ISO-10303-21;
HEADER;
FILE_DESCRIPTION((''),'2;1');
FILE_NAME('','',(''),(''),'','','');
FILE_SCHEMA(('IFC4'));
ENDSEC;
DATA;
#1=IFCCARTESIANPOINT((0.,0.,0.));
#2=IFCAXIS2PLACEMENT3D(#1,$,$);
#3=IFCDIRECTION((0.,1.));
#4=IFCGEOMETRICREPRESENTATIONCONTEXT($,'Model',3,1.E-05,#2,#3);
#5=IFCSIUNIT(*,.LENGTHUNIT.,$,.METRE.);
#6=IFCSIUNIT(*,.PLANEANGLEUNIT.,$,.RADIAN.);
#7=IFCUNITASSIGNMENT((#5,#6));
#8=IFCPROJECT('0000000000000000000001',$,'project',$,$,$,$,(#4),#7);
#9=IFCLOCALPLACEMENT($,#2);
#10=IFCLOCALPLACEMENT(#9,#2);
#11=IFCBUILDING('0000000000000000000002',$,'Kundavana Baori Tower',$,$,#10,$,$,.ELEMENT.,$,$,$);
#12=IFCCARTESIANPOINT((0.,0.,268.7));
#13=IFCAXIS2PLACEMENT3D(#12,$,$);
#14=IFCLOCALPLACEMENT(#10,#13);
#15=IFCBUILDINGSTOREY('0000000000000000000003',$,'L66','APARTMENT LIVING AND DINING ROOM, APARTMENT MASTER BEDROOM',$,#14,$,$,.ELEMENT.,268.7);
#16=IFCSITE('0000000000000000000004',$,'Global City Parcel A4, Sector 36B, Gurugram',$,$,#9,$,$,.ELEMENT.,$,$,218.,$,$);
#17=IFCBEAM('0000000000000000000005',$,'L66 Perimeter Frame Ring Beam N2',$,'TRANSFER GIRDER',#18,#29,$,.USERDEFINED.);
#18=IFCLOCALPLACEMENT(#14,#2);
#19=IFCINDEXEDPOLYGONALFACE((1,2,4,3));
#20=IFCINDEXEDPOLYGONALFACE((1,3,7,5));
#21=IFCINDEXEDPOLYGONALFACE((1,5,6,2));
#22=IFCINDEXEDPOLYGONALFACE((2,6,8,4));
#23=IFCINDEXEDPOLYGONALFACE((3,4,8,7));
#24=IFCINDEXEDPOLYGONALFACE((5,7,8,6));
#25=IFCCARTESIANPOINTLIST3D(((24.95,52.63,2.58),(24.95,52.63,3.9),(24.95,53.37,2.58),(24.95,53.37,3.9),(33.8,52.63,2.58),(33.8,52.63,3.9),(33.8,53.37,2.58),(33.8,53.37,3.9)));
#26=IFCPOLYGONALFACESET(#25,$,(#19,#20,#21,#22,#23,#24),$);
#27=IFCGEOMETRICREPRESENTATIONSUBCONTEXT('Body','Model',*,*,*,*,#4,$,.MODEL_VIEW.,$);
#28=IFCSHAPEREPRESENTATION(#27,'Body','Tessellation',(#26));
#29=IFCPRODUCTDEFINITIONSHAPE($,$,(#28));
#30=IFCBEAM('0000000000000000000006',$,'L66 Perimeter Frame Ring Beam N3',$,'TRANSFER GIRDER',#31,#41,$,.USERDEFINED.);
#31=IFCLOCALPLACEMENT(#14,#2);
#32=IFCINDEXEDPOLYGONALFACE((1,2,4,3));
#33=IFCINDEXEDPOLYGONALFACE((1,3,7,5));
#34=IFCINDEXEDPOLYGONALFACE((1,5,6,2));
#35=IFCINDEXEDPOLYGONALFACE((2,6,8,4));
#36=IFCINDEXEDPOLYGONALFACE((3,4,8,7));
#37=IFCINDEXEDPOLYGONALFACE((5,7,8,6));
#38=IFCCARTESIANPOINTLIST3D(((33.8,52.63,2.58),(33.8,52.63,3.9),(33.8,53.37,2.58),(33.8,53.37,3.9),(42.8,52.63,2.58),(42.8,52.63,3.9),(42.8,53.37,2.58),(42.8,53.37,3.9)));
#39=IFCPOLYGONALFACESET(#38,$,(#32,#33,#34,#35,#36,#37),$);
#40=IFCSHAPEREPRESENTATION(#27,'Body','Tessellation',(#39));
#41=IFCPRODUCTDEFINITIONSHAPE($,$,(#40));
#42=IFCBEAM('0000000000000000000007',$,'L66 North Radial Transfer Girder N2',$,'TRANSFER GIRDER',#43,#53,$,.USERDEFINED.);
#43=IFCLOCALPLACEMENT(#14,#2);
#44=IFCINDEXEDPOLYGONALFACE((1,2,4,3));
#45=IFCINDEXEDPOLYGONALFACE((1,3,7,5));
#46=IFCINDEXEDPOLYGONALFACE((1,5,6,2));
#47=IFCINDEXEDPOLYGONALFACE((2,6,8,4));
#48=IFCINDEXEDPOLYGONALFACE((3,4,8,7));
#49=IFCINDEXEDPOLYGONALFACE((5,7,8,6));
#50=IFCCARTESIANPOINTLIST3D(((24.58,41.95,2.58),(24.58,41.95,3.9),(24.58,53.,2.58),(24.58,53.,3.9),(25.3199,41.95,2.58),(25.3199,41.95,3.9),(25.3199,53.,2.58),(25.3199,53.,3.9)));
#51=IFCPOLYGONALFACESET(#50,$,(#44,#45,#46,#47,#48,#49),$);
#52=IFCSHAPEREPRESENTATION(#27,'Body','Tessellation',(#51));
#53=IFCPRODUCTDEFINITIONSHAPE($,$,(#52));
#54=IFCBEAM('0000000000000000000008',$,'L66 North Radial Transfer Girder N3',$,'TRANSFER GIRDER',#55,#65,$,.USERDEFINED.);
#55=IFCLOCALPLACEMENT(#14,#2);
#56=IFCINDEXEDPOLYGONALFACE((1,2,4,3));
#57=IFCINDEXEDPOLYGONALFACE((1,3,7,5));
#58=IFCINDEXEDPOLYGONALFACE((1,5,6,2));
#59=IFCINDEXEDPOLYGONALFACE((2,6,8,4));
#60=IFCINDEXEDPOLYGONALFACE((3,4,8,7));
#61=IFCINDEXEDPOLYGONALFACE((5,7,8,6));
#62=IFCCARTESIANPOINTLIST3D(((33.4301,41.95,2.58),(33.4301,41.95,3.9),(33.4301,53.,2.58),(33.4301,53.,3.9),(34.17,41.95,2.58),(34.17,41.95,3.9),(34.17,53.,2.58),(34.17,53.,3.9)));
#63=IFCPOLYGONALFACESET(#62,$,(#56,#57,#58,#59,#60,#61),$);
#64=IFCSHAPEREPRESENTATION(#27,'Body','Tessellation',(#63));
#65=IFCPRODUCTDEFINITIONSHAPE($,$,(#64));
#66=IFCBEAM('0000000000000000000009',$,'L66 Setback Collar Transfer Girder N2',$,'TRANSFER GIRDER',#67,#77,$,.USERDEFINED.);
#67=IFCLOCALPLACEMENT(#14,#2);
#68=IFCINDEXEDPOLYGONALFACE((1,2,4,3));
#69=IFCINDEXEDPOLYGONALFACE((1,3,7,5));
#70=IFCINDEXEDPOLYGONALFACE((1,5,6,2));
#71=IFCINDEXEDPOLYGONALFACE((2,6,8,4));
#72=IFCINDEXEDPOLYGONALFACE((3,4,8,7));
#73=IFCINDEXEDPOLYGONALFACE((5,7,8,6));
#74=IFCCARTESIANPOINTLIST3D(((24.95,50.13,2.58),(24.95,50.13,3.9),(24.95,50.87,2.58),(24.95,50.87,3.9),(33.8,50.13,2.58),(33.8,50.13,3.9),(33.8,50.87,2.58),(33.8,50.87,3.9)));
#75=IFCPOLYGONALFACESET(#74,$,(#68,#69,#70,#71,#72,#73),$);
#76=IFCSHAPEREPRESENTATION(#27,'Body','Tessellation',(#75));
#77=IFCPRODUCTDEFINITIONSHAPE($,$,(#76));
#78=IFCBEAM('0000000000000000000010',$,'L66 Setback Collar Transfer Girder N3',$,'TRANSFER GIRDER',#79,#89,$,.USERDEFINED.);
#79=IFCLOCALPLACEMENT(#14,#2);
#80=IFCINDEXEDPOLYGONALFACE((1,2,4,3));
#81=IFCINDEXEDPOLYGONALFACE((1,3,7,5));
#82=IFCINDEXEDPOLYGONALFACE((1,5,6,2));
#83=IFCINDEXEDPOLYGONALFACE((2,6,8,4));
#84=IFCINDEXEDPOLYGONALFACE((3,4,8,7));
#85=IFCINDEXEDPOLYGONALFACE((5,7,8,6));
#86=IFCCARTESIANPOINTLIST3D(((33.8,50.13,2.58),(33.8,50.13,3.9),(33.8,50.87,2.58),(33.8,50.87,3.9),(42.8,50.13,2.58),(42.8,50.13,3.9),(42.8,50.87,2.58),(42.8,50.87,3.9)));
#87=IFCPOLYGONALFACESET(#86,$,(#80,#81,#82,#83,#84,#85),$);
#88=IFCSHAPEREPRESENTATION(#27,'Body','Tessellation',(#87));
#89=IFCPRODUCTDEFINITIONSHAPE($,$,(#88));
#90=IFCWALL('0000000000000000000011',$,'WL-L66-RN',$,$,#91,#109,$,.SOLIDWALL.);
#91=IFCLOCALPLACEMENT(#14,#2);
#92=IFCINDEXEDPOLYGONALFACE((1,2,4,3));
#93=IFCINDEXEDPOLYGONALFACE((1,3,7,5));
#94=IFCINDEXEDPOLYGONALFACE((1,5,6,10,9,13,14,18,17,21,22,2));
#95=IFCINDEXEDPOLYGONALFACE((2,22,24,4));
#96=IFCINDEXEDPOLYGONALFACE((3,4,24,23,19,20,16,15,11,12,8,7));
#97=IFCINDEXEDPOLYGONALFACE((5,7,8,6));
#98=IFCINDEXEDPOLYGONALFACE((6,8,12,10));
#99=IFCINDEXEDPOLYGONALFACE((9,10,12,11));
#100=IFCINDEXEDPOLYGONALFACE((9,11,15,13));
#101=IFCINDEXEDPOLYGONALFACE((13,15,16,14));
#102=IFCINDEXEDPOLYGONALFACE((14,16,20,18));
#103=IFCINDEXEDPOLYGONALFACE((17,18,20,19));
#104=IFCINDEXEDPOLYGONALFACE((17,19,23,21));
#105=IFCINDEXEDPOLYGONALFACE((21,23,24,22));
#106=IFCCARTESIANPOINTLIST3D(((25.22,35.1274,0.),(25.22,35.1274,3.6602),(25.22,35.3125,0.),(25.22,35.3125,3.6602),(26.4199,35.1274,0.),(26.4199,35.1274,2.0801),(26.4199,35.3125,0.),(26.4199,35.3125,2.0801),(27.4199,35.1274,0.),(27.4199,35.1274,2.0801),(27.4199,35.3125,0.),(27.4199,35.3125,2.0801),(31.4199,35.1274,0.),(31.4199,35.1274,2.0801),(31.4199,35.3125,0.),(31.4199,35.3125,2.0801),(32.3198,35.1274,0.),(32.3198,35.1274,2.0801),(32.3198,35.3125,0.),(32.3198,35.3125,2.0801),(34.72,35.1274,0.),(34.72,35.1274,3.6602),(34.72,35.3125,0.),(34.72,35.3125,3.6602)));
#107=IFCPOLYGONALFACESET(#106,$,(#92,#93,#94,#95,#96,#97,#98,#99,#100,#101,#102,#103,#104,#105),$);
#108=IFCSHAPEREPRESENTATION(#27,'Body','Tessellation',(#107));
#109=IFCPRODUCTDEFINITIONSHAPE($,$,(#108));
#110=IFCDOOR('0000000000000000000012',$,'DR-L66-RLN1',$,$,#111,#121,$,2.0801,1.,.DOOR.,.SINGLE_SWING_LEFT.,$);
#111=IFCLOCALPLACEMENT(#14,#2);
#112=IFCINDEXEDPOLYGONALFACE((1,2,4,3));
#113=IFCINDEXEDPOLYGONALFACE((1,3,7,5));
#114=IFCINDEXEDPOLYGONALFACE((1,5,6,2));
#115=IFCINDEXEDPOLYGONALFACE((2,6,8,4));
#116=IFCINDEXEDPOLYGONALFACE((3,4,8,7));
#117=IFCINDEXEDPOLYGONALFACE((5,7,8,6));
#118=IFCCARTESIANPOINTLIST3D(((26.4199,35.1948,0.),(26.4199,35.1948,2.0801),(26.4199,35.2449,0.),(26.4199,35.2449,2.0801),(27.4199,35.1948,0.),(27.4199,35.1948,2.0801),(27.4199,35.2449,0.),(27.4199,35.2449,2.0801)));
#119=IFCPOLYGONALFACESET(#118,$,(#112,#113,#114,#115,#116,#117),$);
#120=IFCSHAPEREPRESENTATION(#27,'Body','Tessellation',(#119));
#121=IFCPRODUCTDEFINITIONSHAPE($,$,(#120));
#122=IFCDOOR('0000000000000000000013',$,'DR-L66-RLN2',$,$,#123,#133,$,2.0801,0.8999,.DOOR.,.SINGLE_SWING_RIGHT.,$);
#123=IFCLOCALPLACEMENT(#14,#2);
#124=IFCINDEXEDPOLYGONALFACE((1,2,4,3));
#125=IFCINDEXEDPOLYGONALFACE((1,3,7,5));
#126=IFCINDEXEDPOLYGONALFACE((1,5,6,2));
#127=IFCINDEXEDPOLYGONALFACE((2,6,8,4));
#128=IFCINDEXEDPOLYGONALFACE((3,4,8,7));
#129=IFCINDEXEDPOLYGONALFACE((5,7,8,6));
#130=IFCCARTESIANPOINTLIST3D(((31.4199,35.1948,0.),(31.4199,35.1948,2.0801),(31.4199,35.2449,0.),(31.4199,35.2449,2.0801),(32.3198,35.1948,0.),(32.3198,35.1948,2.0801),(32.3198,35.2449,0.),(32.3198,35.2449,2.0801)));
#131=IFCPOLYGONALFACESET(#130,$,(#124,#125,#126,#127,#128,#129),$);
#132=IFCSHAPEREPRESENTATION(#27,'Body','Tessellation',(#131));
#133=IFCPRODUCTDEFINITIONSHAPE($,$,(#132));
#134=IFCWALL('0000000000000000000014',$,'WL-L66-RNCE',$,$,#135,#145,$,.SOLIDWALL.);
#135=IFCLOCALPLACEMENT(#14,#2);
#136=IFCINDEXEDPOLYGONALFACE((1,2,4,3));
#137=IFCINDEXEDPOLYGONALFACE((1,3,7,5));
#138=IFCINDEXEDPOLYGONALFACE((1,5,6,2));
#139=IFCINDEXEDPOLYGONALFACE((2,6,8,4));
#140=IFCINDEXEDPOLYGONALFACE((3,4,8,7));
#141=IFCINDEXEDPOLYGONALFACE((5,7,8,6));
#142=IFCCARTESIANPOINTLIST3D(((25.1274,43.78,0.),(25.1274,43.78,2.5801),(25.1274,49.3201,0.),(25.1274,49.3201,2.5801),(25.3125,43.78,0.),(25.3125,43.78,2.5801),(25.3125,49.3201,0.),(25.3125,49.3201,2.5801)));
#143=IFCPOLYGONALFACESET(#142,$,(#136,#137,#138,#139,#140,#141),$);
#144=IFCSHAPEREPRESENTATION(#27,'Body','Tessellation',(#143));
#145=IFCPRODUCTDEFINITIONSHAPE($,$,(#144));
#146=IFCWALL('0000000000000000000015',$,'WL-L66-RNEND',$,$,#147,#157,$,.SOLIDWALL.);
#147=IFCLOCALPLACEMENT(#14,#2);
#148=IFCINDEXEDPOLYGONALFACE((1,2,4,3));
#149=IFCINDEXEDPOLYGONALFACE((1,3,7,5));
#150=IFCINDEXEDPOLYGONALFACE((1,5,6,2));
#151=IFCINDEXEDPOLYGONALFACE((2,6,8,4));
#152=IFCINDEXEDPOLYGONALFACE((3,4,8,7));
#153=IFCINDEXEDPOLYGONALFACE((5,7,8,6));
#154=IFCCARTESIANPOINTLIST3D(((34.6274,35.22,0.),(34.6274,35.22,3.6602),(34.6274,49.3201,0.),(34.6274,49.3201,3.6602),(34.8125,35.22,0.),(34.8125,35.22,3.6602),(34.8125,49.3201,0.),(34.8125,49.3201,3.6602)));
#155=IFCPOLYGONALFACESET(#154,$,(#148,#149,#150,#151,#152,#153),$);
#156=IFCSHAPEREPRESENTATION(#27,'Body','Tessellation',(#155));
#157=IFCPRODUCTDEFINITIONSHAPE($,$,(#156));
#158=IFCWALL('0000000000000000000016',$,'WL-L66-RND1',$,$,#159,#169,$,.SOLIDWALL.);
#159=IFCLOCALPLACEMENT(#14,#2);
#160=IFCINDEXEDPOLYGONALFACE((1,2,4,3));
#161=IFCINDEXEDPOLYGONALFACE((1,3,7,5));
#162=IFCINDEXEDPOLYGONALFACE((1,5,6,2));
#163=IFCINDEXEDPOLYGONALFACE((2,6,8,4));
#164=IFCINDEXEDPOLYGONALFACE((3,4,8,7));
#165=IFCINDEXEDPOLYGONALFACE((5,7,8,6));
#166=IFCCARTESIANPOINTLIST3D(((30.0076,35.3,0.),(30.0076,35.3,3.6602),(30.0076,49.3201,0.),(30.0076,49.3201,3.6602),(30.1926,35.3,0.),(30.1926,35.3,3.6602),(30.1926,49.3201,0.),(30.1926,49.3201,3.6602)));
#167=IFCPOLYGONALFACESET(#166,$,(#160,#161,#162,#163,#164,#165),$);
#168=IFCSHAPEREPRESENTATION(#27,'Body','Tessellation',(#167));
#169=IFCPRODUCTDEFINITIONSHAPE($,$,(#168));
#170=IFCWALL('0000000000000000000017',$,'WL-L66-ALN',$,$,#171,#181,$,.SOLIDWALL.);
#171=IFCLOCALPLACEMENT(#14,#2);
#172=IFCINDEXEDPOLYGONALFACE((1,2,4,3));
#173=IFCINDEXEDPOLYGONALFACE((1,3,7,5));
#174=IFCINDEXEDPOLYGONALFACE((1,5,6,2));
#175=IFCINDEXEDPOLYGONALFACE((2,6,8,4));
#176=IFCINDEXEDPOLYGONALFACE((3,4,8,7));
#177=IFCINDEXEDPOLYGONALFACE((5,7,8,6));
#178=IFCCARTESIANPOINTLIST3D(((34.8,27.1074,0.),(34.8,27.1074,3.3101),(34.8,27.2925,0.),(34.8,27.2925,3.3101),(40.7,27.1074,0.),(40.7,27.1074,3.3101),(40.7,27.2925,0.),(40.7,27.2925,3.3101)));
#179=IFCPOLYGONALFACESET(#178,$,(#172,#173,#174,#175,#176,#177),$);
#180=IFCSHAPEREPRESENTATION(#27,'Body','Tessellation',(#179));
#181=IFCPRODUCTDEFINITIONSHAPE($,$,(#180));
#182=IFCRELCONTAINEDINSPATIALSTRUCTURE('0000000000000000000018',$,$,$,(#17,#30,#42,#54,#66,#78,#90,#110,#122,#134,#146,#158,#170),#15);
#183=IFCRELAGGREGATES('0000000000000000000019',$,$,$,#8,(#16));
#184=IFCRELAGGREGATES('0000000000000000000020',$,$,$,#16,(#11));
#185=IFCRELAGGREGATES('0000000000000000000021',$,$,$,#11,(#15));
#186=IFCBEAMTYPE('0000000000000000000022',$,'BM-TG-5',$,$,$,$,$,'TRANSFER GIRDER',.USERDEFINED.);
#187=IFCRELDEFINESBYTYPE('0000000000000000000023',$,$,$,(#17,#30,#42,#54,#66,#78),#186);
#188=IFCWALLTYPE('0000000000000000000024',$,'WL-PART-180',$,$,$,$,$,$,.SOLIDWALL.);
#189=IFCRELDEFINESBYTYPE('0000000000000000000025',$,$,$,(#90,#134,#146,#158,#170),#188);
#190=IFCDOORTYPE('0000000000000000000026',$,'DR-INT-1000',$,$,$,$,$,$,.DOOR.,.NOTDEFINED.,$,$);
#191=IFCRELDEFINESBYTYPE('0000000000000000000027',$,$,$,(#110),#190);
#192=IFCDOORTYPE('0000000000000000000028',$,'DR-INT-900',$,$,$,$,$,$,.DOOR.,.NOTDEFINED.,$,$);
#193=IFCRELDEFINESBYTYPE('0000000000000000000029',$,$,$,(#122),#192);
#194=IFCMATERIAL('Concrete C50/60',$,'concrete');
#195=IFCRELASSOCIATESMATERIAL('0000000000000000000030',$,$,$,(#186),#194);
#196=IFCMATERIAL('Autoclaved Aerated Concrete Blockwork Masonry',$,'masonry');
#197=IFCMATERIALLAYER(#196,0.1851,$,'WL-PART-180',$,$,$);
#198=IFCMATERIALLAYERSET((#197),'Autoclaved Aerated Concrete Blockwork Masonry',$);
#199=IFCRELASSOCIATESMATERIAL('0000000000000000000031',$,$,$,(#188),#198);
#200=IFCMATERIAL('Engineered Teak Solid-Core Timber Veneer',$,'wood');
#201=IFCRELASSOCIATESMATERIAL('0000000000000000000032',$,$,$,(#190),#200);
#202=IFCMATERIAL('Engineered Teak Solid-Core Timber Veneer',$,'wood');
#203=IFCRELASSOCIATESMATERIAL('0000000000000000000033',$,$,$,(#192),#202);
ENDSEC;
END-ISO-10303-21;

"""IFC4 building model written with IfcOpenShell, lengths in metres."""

from ifc_helpers import new_model, si_unit, direction, frame, frame_2d, origin, origin_2d, place, context, subcontext, project, spatial, rectangle, extrude, material, layer, layer_set, material_profile, profile_set, type_object, element, fill, save


model = new_model("IFC4")

# Units and contexts
model_context = context("Model", 3, precision=1e-05, world=origin(), true_north=direction((0.0, 1.0)))
body_context = subcontext(model_context, "Body", "Model", "MODEL_VIEW")
ifc_project = project(units=[si_unit("LENGTHUNIT", "METRE"), si_unit("PLANEANGLEUNIT", "RADIAN")], contexts=[model_context])

# Site, building, storey
site_placement = place(None, origin())
site = spatial("IfcSite", under=ifc_project, at=site_placement, Name="Global City Parcel A4, Sector 36B, Gurugram", CompositionType="ELEMENT", RefElevation=218.0)
building_placement = place(site_placement, origin())
building = spatial("IfcBuilding", under=site, at=building_placement, Name="Kundavana Baori Tower", CompositionType="ELEMENT")
storey_placement = place(building_placement, frame((0.0, 0.0, 268.7)))
storey = spatial("IfcBuildingStorey", under=building, at=storey_placement, Name="L66", Description="APARTMENT LIVING AND DINING ROOM, APARTMENT MASTER BEDROOM", CompositionType="ELEMENT", Elevation=268.7)

# Beams
ifc_material_1 = material(Name="Concrete C50/60", Category="concrete")
ifc_material_profile_1 = material_profile(ifc_material_1, rectangle(XDim=0.74, YDim=1.3201, at=origin_2d()), Name="BM-TG-5")
ifc_profile_set_1 = profile_set([ifc_material_profile_1], Name="Concrete C50/60")
beam_type_1 = type_object("IfcBeamType", Name="BM-TG-5", ElementType="TRANSFER GIRDER", PredefinedType="USERDEFINED", material=ifc_profile_set_1)
beam_1_placement = place(storey_placement, frame((24.95, 53.0, 3.24), z_axis=(1.0, 0.0, 0.0), x_axis=(0.0, 1.0, 0.0)))
element("IfcBeam", 1, at=beam_1_placement, inside=storey, type_object=beam_type_1, Name="L66 Perimeter Frame Ring Beam N2", ObjectType="TRANSFER GIRDER", PredefinedType="USERDEFINED", context=body_context, shape_type="SweptSolid", body=[
    extrude(rectangle(XDim=0.74, YDim=1.3201, at=origin_2d()), origin(), (0.0, 0.0, 1.0), 8.8501),
])
beam_2_placement = place(storey_placement, frame((33.8, 53.0, 3.24), z_axis=(1.0, 0.0, 0.0), x_axis=(0.0, 1.0, 0.0)))
element("IfcBeam", 2, at=beam_2_placement, inside=storey, type_object=beam_type_1, Name="L66 Perimeter Frame Ring Beam N3", ObjectType="TRANSFER GIRDER", PredefinedType="USERDEFINED", context=body_context, shape_type="SweptSolid", body=[
    extrude(rectangle(XDim=0.74, YDim=1.3201, at=origin_2d()), origin(), (0.0, 0.0, 1.0), 9.0),
])
for number, where, z_axis, x_axis, name in (
    (3, (24.95, 41.95, 3.24), (0.0, 1.0, 0.0), (-1.0, 0.0, 0.0), "L66 North Radial Transfer Girder N2"),
    (4, (33.8, 41.95, 3.24), (0.0, 1.0, 0.0), (-1.0, 0.0, 0.0), "L66 North Radial Transfer Girder N3"),
):
    element("IfcBeam", number, at=place(storey_placement, frame(where, z_axis=z_axis, x_axis=x_axis)), inside=storey, type_object=beam_type_1, Name=name, ObjectType="TRANSFER GIRDER", PredefinedType="USERDEFINED", context=body_context, shape_type="SweptSolid", body=[
        extrude(rectangle(XDim=0.74, YDim=1.3201, at=origin_2d()), origin(), (0.0, 0.0, 1.0), 11.05),
    ])
beam_3_placement = place(storey_placement, frame((24.95, 50.5, 3.24), z_axis=(1.0, 0.0, 0.0), x_axis=(0.0, 1.0, 0.0)))
element("IfcBeam", 5, at=beam_3_placement, inside=storey, type_object=beam_type_1, Name="L66 Setback Collar Transfer Girder N2", ObjectType="TRANSFER GIRDER", PredefinedType="USERDEFINED", context=body_context, shape_type="SweptSolid", body=[
    extrude(rectangle(XDim=0.74, YDim=1.3201, at=origin_2d()), origin(), (0.0, 0.0, 1.0), 8.8501),
])
beam_4_placement = place(storey_placement, frame((33.8, 50.5, 3.24), z_axis=(1.0, 0.0, 0.0), x_axis=(0.0, 1.0, 0.0)))
element("IfcBeam", 6, at=beam_4_placement, inside=storey, type_object=beam_type_1, Name="L66 Setback Collar Transfer Girder N3", ObjectType="TRANSFER GIRDER", PredefinedType="USERDEFINED", context=body_context, shape_type="SweptSolid", body=[
    extrude(rectangle(XDim=0.74, YDim=1.3201, at=origin_2d()), origin(), (0.0, 0.0, 1.0), 9.0),
])

# Wall, openings, doors
ifc_material_2 = material(Name="Autoclaved Aerated Concrete Blockwork Masonry", Category="masonry")
ifc_layer_1 = layer(ifc_material_2, 0.1851, Name="WL-PART-180")
ifc_layer_set_1 = layer_set([ifc_layer_1], Name="Autoclaved Aerated Concrete Blockwork Masonry")
wall_type_1 = type_object("IfcWallType", Name="WL-PART-180", PredefinedType="SOLIDWALL", material=ifc_layer_set_1)
wall_1_placement = place(storey_placement, frame((25.22, 35.22, 0.0), z_axis=(0.0, 0.0, 1.0), x_axis=(1.0, 0.0, 0.0)))
wall_1 = element("IfcWall", 7, at=wall_1_placement, inside=storey, type_object=wall_type_1, Name="WL-L66-RN", PredefinedType="SOLIDWALL", context=body_context, shape_type="SweptSolid", body=[
    extrude(rectangle(XDim=9.5, YDim=0.1851, at=frame_2d((4.75, 0.0))), origin(), (0.0, 0.0, 1.0), 3.6602),
])
opening_1_placement = place(wall_1_placement, frame((1.2, 0.0, 0.0)))
opening_1 = element("IfcOpeningElement", 8, at=opening_1_placement, cuts=wall_1, PredefinedType="OPENING", context=body_context, shape_type="SweptSolid", body=[
    extrude(rectangle(XDim=1.0, YDim=2.0801, at=frame_2d((0.5, 1.04))), frame((0.0, 0.1025, 0.0), z_axis=(0.0, -1.0, 0.0), x_axis=(1.0, 0.0, 0.0)), (0.0, 0.0, 1.0), 0.2051),
])
opening_2_placement = place(wall_1_placement, frame((6.2, 0.0, 0.0)))
opening_2 = element("IfcOpeningElement", 9, at=opening_2_placement, cuts=wall_1, PredefinedType="OPENING", context=body_context, shape_type="SweptSolid", body=[
    extrude(rectangle(XDim=0.8999, YDim=2.0801, at=frame_2d((0.45, 1.04))), frame((0.0, 0.1025, 0.0), z_axis=(0.0, -1.0, 0.0), x_axis=(1.0, 0.0, 0.0)), (0.0, 0.0, 1.0), 0.2051),
])
ifc_material_3 = material(Name="Engineered Teak Solid-Core Timber Veneer", Category="wood")
door_type_1 = type_object("IfcDoorType", Name="DR-INT-1000", OperationType="NOTDEFINED", PredefinedType="DOOR", material=ifc_material_3)
door_1_placement = place(opening_1_placement, origin())
door_1 = element("IfcDoor", 10, at=door_1_placement, inside=storey, type_object=door_type_1, Name="DR-L66-RLN1", OperationType="SINGLE_SWING_LEFT", OverallHeight=2.0801, OverallWidth=1.0, PredefinedType="DOOR", context=body_context, shape_type="SweptSolid", body=[
    extrude(rectangle(XDim=1.0, YDim=2.0801, at=frame_2d((0.5, 1.04))), frame((0.0, 0.0249, 0.0), z_axis=(0.0, -1.0, 0.0), x_axis=(1.0, 0.0, 0.0)), (0.0, 0.0, 1.0), 0.05),
])
fill(opening_1, door_1)
ifc_material_4 = material(Name="Engineered Teak Solid-Core Timber Veneer", Category="wood")
door_type_2 = type_object("IfcDoorType", Name="DR-INT-900", OperationType="NOTDEFINED", PredefinedType="DOOR", material=ifc_material_4)
door_2_placement = place(opening_2_placement, origin())
door_2 = element("IfcDoor", 11, at=door_2_placement, inside=storey, type_object=door_type_2, Name="DR-L66-RLN2", OperationType="SINGLE_SWING_RIGHT", OverallHeight=2.0801, OverallWidth=0.8999, PredefinedType="DOOR", context=body_context, shape_type="SweptSolid", body=[
    extrude(rectangle(XDim=0.8999, YDim=2.0801, at=frame_2d((0.45, 1.04))), frame((0.0, 0.0249, 0.0), z_axis=(0.0, -1.0, 0.0), x_axis=(1.0, 0.0, 0.0)), (0.0, 0.0, 1.0), 0.05),
])
fill(opening_2, door_2)

# Walls
wall_2_placement = place(storey_placement, frame((25.22, 43.78, 0.0), z_axis=(0.0, 0.0, 1.0), x_axis=(0.0, 1.0, 0.0)))
element("IfcWall", 12, at=wall_2_placement, inside=storey, type_object=wall_type_1, Name="WL-L66-RNCE", PredefinedType="SOLIDWALL", context=body_context, shape_type="SweptSolid", body=[
    extrude(rectangle(XDim=5.54, YDim=0.1851, at=frame_2d((2.77, 0.0))), origin(), (0.0, 0.0, 1.0), 2.5801),
])
wall_3_placement = place(storey_placement, frame((34.72, 35.22, 0.0), z_axis=(0.0, 0.0, 1.0), x_axis=(0.0, 1.0, 0.0)))
element("IfcWall", 13, at=wall_3_placement, inside=storey, type_object=wall_type_1, Name="WL-L66-RNEND", PredefinedType="SOLIDWALL", context=body_context, shape_type="SweptSolid", body=[
    extrude(rectangle(XDim=14.1001, YDim=0.1851, at=frame_2d((7.05, 0.0))), origin(), (0.0, 0.0, 1.0), 3.6602),
])
wall_4_placement = place(storey_placement, frame((30.1001, 35.3, 0.0), z_axis=(0.0, 0.0, 1.0), x_axis=(0.0, 1.0, 0.0)))
element("IfcWall", 14, at=wall_4_placement, inside=storey, type_object=wall_type_1, Name="WL-L66-RND1", PredefinedType="SOLIDWALL", context=body_context, shape_type="SweptSolid", body=[
    extrude(rectangle(XDim=14.02, YDim=0.1851, at=frame_2d((7.01, 0.0))), origin(), (0.0, 0.0, 1.0), 3.6602),
])
wall_5_placement = place(storey_placement, frame((34.8, 27.2, 0.0), z_axis=(0.0, 0.0, 1.0), x_axis=(1.0, 0.0, 0.0)))
element("IfcWall", 15, at=wall_5_placement, inside=storey, type_object=wall_type_1, Name="WL-L66-ALN", PredefinedType="SOLIDWALL", context=body_context, shape_type="SweptSolid", body=[
    extrude(rectangle(XDim=5.8999, YDim=0.1851, at=frame_2d((2.95, 0.0))), origin(), (0.0, 0.0, 1.0), 3.3101),
])

save(model, "model.ifc")
